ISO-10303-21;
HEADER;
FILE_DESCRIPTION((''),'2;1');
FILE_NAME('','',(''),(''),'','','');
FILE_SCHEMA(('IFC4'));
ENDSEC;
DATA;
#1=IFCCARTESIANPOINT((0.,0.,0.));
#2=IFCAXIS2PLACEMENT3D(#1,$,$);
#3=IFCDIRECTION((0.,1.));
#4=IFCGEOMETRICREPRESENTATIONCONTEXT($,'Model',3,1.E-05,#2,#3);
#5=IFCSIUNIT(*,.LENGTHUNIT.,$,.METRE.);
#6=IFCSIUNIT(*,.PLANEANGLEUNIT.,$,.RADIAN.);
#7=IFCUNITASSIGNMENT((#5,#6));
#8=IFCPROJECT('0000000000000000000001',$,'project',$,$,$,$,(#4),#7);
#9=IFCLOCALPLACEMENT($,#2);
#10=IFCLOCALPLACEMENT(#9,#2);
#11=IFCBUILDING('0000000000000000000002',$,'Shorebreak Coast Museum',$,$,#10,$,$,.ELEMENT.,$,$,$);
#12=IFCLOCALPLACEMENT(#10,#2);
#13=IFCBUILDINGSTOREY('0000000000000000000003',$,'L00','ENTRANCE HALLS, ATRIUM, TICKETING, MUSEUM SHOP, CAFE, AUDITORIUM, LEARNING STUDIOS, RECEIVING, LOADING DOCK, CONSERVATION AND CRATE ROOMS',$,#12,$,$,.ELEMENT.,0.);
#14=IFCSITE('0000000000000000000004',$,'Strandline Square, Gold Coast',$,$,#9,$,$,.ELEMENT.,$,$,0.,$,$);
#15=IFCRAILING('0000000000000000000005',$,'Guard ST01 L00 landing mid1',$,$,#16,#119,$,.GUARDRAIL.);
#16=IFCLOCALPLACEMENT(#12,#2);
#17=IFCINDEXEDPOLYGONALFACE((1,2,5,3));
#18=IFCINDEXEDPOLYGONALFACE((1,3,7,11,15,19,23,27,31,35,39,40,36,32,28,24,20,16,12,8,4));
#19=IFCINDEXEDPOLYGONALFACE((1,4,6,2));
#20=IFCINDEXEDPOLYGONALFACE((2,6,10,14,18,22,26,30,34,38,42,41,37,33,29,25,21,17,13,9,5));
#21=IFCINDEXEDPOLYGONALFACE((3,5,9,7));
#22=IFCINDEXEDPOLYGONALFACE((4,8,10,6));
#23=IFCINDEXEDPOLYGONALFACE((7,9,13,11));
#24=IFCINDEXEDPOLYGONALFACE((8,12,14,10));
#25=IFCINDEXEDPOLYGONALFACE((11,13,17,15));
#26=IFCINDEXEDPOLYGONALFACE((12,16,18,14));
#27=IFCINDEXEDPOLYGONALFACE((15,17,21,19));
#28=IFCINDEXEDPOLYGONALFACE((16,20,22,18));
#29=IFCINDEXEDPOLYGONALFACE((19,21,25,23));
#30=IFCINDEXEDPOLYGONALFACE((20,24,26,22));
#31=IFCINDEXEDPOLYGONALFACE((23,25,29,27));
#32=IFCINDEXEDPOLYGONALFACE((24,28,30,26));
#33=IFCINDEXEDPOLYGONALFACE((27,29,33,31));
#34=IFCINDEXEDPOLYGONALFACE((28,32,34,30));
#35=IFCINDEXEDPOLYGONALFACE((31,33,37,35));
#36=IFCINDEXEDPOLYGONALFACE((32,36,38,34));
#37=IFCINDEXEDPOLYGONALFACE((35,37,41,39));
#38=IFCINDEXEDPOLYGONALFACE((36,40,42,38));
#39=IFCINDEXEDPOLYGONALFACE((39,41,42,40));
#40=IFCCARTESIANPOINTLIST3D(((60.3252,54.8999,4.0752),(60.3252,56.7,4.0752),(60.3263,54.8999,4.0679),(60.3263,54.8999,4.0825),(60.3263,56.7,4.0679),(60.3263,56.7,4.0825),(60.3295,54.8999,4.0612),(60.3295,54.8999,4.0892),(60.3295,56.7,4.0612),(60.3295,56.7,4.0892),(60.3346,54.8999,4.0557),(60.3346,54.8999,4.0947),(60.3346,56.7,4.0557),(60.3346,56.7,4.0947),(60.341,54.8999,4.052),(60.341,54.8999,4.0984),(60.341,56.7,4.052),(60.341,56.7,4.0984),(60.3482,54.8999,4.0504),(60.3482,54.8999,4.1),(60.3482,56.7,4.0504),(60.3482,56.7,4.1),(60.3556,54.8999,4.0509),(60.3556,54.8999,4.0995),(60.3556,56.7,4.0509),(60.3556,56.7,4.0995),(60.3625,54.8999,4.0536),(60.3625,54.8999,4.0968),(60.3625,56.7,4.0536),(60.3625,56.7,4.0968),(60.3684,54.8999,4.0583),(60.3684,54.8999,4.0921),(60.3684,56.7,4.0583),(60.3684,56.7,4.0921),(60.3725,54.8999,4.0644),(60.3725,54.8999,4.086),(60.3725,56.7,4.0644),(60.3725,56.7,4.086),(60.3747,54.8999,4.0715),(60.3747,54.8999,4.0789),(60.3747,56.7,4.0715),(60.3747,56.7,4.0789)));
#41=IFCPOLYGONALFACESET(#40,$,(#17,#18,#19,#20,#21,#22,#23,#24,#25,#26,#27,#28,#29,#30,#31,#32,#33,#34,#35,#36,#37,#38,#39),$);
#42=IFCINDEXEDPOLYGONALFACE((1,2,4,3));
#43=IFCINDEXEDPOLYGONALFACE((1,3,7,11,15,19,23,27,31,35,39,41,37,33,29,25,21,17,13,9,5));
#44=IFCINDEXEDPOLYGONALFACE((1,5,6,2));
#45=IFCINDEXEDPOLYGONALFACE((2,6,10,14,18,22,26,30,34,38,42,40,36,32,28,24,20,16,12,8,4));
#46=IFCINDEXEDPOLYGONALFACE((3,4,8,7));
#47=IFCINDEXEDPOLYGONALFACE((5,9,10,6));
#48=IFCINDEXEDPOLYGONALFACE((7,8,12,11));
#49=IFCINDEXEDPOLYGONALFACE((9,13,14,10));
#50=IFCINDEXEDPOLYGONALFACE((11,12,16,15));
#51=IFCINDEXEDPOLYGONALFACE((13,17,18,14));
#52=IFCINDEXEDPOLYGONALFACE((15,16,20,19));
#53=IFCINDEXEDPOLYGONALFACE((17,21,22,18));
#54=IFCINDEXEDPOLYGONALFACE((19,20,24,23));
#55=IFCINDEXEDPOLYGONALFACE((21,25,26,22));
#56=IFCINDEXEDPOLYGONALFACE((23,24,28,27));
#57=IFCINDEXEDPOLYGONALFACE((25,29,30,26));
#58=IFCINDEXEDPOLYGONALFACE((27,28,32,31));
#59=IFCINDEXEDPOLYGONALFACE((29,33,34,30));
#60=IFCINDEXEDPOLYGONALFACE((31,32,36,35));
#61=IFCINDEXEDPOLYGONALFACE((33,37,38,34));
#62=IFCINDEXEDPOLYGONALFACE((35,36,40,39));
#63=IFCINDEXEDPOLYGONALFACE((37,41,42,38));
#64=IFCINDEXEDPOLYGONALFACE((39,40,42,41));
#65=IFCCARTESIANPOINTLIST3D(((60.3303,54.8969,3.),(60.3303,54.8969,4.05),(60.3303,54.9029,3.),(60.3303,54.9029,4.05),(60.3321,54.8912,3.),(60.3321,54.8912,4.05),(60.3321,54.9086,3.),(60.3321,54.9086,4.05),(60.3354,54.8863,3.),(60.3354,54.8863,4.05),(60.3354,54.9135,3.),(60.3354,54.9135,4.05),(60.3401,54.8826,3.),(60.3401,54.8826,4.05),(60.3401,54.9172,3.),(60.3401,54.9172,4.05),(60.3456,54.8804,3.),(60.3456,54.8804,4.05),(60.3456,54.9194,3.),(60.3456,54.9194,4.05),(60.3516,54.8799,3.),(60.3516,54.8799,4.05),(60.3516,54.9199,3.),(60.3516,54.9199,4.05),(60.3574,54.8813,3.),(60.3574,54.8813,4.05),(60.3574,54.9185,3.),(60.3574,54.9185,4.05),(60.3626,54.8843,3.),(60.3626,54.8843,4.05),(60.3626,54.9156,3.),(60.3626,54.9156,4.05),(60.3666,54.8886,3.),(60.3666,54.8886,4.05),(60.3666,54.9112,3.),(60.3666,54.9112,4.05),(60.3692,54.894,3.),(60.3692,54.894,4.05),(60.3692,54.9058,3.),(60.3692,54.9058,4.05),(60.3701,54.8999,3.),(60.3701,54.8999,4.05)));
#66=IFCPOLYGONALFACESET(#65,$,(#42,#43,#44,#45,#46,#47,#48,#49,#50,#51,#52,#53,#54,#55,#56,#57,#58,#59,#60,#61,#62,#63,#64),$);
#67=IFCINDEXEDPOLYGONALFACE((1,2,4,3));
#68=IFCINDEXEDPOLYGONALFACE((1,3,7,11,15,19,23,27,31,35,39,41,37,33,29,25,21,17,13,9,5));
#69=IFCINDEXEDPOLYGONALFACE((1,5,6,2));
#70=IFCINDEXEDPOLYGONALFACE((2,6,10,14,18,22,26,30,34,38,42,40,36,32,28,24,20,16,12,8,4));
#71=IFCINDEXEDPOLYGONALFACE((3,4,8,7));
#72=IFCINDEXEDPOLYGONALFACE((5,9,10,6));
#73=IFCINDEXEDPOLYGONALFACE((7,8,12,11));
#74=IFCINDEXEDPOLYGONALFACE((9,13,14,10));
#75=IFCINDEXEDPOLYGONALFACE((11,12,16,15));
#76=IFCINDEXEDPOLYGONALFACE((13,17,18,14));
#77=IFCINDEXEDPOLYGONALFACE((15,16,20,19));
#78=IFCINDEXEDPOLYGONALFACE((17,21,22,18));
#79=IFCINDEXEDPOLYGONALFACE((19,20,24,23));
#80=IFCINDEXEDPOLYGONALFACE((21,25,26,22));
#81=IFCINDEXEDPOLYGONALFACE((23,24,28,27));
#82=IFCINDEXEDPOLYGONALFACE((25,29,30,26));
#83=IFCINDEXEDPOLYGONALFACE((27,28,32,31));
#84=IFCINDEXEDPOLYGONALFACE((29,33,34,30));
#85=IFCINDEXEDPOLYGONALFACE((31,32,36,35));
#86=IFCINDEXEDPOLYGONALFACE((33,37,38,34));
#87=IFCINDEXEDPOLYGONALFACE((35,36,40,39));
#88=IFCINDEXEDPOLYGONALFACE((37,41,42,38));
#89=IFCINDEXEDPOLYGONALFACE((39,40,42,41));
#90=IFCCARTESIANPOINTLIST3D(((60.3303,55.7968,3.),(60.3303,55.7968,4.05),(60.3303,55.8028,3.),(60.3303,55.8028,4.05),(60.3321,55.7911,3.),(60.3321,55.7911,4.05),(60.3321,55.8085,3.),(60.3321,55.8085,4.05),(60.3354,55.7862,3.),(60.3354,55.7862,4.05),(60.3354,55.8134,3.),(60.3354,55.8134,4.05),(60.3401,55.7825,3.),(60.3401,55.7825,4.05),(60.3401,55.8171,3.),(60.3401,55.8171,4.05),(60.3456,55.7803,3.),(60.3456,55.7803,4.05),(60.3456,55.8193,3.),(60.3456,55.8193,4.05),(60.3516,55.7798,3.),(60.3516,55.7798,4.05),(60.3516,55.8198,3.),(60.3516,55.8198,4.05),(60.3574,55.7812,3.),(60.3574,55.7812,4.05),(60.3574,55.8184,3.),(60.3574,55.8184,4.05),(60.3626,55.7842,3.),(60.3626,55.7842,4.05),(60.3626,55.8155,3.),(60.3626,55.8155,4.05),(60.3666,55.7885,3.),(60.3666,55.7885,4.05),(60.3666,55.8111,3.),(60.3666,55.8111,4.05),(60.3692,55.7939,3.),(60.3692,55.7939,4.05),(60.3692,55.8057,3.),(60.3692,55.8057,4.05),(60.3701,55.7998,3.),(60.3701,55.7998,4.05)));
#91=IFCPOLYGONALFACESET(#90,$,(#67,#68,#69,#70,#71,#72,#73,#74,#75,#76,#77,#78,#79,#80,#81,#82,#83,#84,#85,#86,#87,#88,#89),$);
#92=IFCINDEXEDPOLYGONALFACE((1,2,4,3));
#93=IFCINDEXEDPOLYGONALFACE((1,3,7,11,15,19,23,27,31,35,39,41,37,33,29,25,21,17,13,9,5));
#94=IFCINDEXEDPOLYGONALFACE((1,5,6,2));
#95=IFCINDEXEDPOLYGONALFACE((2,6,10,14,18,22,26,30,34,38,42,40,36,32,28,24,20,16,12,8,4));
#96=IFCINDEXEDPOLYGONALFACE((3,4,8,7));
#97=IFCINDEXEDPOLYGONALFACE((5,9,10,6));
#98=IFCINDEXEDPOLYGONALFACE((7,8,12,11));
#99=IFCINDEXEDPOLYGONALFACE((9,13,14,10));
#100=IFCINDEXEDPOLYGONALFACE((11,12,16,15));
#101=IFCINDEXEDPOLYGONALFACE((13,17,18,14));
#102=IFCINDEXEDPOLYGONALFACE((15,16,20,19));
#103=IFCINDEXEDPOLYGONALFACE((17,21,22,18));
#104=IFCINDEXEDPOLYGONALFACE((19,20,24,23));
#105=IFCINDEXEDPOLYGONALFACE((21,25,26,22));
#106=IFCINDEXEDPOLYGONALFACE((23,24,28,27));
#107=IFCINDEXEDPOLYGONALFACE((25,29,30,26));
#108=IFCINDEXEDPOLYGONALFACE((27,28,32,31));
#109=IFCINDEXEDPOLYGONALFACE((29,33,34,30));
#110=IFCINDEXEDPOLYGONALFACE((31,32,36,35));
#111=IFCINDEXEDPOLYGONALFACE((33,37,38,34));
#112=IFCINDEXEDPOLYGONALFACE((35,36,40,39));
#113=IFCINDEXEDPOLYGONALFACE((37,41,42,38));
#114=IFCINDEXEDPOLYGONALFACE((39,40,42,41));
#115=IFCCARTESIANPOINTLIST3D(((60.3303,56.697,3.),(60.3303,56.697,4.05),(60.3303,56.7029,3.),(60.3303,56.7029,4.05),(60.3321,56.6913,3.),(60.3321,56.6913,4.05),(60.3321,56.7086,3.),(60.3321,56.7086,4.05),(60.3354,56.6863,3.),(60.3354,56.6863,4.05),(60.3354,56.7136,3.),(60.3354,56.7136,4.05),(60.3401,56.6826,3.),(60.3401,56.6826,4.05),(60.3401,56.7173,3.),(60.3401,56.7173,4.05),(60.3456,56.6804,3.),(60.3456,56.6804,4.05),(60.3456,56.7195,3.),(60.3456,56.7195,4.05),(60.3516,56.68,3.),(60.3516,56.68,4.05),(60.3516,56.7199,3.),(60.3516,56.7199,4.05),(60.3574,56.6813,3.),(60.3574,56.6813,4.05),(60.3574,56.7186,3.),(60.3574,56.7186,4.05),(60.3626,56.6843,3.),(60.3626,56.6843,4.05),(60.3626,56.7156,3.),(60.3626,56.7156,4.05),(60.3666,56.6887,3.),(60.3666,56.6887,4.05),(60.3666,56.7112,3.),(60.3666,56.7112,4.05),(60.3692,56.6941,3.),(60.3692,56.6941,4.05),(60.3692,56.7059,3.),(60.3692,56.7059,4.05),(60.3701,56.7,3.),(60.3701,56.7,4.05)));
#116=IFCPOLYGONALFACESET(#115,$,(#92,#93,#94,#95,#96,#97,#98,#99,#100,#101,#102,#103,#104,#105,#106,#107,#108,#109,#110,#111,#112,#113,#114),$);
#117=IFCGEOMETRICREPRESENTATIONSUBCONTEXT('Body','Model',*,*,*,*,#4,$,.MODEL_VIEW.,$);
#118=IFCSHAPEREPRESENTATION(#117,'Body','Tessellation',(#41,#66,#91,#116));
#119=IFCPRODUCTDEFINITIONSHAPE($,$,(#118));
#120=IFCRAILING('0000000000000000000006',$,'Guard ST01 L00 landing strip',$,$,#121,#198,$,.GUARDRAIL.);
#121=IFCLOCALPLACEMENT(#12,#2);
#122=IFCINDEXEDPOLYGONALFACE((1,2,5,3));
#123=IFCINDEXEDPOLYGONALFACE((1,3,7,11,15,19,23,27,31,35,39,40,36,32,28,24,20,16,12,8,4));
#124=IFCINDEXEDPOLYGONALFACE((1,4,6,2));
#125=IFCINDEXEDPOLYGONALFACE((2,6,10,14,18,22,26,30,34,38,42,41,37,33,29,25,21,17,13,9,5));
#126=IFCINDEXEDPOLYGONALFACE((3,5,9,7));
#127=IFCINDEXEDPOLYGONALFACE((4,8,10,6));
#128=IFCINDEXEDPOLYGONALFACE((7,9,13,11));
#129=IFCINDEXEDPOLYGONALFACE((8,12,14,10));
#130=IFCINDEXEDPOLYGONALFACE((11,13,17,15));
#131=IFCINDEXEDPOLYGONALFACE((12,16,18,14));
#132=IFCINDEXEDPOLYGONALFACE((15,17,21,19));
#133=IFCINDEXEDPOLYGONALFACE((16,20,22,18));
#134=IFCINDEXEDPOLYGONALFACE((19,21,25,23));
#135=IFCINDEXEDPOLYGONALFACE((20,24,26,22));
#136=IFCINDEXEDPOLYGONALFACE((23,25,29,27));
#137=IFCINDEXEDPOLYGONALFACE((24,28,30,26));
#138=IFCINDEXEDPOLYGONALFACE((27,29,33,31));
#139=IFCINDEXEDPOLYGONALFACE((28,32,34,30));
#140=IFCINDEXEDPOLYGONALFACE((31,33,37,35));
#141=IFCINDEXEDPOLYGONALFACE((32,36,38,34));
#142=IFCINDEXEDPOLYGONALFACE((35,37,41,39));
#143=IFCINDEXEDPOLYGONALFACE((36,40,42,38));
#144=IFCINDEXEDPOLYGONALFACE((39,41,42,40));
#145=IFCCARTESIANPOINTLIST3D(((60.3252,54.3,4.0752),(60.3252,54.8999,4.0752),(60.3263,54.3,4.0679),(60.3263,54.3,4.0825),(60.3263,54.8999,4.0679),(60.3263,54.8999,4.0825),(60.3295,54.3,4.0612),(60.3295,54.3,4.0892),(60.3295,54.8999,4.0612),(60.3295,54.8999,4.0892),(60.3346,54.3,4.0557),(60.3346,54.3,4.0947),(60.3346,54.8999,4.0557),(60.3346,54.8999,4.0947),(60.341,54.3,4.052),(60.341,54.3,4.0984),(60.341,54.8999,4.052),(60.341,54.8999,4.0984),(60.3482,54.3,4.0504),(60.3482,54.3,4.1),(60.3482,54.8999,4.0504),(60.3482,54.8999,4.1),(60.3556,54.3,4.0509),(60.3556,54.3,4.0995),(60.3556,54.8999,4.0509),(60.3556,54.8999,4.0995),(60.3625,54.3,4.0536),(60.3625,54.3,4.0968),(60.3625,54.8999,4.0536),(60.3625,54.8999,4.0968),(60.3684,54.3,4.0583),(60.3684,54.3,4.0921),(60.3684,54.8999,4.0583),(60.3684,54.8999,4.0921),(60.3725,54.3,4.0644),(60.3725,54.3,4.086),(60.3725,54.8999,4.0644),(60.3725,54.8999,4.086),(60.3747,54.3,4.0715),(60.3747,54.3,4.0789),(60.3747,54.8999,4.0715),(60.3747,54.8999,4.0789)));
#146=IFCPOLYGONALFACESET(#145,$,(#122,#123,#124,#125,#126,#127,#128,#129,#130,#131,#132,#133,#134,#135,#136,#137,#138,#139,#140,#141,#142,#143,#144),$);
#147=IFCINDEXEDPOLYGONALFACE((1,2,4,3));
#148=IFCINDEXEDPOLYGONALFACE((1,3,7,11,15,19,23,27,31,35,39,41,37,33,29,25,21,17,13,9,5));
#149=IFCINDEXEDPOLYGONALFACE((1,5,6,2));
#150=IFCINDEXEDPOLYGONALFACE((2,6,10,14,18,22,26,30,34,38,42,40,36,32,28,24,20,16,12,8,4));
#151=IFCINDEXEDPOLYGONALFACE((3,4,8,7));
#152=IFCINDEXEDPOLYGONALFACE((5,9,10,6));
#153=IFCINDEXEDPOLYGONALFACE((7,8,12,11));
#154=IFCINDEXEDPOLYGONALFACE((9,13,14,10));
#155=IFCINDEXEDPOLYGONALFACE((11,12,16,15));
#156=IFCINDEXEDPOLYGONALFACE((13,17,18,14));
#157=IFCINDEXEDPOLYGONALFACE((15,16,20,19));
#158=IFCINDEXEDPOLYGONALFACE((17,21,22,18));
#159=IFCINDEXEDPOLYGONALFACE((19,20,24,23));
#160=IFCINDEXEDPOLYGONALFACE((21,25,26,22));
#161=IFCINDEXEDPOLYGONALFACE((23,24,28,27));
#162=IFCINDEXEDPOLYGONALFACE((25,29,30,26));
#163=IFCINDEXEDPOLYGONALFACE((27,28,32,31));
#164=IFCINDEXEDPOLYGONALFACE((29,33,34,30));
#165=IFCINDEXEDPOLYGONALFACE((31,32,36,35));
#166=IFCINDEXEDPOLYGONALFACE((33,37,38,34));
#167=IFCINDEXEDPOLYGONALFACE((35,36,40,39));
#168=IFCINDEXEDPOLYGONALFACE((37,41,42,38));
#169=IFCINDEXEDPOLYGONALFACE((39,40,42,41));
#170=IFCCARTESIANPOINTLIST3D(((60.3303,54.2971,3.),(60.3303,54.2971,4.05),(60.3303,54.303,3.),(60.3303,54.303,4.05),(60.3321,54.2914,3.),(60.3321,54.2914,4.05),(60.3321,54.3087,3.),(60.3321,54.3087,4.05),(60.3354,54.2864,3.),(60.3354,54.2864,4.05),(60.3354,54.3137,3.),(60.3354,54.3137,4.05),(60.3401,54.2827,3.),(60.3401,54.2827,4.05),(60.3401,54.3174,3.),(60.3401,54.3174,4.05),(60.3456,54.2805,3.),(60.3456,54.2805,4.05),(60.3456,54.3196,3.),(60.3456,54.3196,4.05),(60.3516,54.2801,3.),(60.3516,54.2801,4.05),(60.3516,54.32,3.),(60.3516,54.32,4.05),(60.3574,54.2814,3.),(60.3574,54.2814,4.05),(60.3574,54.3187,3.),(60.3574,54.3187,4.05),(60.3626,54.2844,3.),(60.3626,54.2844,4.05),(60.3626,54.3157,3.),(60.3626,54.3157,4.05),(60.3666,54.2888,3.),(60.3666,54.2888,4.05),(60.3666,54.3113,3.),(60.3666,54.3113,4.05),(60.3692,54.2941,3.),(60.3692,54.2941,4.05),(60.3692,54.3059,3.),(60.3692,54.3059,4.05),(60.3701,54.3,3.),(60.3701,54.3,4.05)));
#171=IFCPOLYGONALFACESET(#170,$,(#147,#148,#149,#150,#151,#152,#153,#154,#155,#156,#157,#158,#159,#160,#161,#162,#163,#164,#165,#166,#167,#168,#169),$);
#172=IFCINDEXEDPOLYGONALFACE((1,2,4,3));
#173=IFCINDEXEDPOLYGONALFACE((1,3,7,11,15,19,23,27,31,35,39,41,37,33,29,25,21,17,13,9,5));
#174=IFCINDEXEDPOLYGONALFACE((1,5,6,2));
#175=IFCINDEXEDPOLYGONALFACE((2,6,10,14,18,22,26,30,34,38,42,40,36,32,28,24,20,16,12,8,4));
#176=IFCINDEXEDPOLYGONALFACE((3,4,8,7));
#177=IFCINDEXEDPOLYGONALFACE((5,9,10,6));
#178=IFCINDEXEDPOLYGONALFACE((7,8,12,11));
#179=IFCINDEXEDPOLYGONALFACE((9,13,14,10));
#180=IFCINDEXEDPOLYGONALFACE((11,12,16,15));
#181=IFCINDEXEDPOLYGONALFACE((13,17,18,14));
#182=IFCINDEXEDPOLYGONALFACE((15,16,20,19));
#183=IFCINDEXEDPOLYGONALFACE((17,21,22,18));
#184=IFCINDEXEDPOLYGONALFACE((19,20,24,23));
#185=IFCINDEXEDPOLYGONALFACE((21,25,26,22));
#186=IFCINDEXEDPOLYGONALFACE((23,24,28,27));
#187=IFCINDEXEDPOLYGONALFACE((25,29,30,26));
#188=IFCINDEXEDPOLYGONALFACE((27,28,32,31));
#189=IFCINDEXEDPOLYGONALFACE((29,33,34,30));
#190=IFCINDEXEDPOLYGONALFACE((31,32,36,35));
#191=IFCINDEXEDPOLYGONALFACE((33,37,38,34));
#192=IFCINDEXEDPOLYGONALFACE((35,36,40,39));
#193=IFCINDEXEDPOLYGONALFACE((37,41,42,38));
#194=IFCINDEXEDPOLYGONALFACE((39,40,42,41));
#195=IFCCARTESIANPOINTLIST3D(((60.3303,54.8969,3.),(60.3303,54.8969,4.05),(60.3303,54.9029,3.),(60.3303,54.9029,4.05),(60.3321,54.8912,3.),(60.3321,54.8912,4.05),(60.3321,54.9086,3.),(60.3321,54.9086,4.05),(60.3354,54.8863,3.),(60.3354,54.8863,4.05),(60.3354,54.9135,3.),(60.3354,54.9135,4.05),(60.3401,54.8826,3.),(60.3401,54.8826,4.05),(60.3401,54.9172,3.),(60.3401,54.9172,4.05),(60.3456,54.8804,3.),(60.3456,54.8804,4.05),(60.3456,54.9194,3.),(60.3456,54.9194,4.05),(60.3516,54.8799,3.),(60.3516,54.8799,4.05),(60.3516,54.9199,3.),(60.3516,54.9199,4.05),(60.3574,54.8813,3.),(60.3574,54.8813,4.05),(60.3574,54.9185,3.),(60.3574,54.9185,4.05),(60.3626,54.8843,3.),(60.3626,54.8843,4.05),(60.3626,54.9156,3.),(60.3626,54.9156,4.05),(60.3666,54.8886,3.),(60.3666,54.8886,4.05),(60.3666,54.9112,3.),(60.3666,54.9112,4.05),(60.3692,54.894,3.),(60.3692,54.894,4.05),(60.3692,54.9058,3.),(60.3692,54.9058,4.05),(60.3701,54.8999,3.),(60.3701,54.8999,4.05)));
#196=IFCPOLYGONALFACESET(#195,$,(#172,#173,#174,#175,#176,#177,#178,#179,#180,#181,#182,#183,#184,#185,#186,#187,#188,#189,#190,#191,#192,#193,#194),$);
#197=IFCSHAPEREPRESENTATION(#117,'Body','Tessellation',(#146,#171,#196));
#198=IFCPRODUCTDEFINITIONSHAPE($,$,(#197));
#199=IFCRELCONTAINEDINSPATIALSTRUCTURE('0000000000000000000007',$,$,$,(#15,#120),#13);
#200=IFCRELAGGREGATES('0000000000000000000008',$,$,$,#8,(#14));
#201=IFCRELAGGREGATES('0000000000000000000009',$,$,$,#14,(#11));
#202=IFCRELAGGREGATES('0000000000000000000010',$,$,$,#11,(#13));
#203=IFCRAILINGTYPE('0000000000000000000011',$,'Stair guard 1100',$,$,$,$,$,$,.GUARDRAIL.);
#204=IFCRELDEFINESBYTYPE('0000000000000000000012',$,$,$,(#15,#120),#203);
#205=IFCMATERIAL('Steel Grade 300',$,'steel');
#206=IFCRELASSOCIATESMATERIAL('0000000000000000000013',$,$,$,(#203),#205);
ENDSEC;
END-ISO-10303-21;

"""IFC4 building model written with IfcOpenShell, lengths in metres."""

from ifc_helpers import new_model, si_unit, direction, frame, origin, origin_2d, place, context, subcontext, project, spatial, circle, extrude, material, type_object, element, save


model = new_model("IFC4")

# Units and contexts
model_context = context("Model", 3, precision=1e-05, world=origin(), true_north=direction((0.0, 1.0)))
body_context = subcontext(model_context, "Body", "Model", "MODEL_VIEW")
ifc_project = project(units=[si_unit("LENGTHUNIT", "METRE"), si_unit("PLANEANGLEUNIT", "RADIAN")], contexts=[model_context])

# Site, building, storey
site_placement = place(None, origin())
site = spatial("IfcSite", under=ifc_project, at=site_placement, Name="Strandline Square, Gold Coast", CompositionType="ELEMENT", RefElevation=0.0)
building_placement = place(site_placement, origin())
building = spatial("IfcBuilding", under=site, at=building_placement, Name="Shorebreak Coast Museum", CompositionType="ELEMENT")
storey_placement = place(building_placement, origin())
storey = spatial("IfcBuildingStorey", under=building, at=storey_placement, Name="L00", Description="ENTRANCE HALLS, ATRIUM, TICKETING, MUSEUM SHOP, CAFE, AUDITORIUM, LEARNING STUDIOS, RECEIVING, LOADING DOCK, CONSERVATION AND CRATE ROOMS", CompositionType="ELEMENT", Elevation=0.0)

# Railings
ifc_material_1 = material(Name="Steel Grade 300", Category="steel")
railing_type_1 = type_object("IfcRailingType", Name="Stair guard 1100", PredefinedType="GUARDRAIL", material=ifc_material_1)
railing_1_placement = place(storey_placement, frame((60.3501, 54.8999, 3.0)))
element("IfcRailing", 1, at=railing_1_placement, inside=storey, type_object=railing_type_1, Name="Guard ST01 L00 landing mid1", PredefinedType="GUARDRAIL", context=body_context, shape_type="SweptSolid", body=[
    extrude(circle(Radius=0.0249, at=origin_2d()), frame((0.0, 0.0, 1.0752), z_axis=(0.0, 1.0, 0.0), x_axis=(-1.0, 0.0, 0.0)), (0.0, 0.0, 1.0), 1.8),
    extrude(circle(Radius=0.02, at=origin_2d()), origin(), (0.0, 0.0, 1.0), 1.05),
    extrude(circle(Radius=0.02, at=origin_2d()), frame((0.0, 0.8999, 0.0)), (0.0, 0.0, 1.0), 1.05),
    extrude(circle(Radius=0.02, at=origin_2d()), frame((0.0, 1.8, 0.0)), (0.0, 0.0, 1.0), 1.05),
])
for number, where, name in (
    (2, (60.3501, 54.3, 3.0), "Guard ST01 L00 landing strip"),
):
    element("IfcRailing", number, at=place(storey_placement, frame(where)), inside=storey, type_object=railing_type_1, Name=name, PredefinedType="GUARDRAIL", context=body_context, shape_type="SweptSolid", body=[
        extrude(circle(Radius=0.0249, at=origin_2d()), frame((0.0, 0.0, 1.0752), z_axis=(0.0, 1.0, 0.0), x_axis=(-1.0, 0.0, 0.0)), (0.0, 0.0, 1.0), 0.5999),
        extrude(circle(Radius=0.02, at=origin_2d()), origin(), (0.0, 0.0, 1.0), 1.05),
        extrude(circle(Radius=0.02, at=origin_2d()), frame((0.0, 0.5999, 0.0)), (0.0, 0.0, 1.0), 1.05),
    ])

save(model, "model.ifc")
